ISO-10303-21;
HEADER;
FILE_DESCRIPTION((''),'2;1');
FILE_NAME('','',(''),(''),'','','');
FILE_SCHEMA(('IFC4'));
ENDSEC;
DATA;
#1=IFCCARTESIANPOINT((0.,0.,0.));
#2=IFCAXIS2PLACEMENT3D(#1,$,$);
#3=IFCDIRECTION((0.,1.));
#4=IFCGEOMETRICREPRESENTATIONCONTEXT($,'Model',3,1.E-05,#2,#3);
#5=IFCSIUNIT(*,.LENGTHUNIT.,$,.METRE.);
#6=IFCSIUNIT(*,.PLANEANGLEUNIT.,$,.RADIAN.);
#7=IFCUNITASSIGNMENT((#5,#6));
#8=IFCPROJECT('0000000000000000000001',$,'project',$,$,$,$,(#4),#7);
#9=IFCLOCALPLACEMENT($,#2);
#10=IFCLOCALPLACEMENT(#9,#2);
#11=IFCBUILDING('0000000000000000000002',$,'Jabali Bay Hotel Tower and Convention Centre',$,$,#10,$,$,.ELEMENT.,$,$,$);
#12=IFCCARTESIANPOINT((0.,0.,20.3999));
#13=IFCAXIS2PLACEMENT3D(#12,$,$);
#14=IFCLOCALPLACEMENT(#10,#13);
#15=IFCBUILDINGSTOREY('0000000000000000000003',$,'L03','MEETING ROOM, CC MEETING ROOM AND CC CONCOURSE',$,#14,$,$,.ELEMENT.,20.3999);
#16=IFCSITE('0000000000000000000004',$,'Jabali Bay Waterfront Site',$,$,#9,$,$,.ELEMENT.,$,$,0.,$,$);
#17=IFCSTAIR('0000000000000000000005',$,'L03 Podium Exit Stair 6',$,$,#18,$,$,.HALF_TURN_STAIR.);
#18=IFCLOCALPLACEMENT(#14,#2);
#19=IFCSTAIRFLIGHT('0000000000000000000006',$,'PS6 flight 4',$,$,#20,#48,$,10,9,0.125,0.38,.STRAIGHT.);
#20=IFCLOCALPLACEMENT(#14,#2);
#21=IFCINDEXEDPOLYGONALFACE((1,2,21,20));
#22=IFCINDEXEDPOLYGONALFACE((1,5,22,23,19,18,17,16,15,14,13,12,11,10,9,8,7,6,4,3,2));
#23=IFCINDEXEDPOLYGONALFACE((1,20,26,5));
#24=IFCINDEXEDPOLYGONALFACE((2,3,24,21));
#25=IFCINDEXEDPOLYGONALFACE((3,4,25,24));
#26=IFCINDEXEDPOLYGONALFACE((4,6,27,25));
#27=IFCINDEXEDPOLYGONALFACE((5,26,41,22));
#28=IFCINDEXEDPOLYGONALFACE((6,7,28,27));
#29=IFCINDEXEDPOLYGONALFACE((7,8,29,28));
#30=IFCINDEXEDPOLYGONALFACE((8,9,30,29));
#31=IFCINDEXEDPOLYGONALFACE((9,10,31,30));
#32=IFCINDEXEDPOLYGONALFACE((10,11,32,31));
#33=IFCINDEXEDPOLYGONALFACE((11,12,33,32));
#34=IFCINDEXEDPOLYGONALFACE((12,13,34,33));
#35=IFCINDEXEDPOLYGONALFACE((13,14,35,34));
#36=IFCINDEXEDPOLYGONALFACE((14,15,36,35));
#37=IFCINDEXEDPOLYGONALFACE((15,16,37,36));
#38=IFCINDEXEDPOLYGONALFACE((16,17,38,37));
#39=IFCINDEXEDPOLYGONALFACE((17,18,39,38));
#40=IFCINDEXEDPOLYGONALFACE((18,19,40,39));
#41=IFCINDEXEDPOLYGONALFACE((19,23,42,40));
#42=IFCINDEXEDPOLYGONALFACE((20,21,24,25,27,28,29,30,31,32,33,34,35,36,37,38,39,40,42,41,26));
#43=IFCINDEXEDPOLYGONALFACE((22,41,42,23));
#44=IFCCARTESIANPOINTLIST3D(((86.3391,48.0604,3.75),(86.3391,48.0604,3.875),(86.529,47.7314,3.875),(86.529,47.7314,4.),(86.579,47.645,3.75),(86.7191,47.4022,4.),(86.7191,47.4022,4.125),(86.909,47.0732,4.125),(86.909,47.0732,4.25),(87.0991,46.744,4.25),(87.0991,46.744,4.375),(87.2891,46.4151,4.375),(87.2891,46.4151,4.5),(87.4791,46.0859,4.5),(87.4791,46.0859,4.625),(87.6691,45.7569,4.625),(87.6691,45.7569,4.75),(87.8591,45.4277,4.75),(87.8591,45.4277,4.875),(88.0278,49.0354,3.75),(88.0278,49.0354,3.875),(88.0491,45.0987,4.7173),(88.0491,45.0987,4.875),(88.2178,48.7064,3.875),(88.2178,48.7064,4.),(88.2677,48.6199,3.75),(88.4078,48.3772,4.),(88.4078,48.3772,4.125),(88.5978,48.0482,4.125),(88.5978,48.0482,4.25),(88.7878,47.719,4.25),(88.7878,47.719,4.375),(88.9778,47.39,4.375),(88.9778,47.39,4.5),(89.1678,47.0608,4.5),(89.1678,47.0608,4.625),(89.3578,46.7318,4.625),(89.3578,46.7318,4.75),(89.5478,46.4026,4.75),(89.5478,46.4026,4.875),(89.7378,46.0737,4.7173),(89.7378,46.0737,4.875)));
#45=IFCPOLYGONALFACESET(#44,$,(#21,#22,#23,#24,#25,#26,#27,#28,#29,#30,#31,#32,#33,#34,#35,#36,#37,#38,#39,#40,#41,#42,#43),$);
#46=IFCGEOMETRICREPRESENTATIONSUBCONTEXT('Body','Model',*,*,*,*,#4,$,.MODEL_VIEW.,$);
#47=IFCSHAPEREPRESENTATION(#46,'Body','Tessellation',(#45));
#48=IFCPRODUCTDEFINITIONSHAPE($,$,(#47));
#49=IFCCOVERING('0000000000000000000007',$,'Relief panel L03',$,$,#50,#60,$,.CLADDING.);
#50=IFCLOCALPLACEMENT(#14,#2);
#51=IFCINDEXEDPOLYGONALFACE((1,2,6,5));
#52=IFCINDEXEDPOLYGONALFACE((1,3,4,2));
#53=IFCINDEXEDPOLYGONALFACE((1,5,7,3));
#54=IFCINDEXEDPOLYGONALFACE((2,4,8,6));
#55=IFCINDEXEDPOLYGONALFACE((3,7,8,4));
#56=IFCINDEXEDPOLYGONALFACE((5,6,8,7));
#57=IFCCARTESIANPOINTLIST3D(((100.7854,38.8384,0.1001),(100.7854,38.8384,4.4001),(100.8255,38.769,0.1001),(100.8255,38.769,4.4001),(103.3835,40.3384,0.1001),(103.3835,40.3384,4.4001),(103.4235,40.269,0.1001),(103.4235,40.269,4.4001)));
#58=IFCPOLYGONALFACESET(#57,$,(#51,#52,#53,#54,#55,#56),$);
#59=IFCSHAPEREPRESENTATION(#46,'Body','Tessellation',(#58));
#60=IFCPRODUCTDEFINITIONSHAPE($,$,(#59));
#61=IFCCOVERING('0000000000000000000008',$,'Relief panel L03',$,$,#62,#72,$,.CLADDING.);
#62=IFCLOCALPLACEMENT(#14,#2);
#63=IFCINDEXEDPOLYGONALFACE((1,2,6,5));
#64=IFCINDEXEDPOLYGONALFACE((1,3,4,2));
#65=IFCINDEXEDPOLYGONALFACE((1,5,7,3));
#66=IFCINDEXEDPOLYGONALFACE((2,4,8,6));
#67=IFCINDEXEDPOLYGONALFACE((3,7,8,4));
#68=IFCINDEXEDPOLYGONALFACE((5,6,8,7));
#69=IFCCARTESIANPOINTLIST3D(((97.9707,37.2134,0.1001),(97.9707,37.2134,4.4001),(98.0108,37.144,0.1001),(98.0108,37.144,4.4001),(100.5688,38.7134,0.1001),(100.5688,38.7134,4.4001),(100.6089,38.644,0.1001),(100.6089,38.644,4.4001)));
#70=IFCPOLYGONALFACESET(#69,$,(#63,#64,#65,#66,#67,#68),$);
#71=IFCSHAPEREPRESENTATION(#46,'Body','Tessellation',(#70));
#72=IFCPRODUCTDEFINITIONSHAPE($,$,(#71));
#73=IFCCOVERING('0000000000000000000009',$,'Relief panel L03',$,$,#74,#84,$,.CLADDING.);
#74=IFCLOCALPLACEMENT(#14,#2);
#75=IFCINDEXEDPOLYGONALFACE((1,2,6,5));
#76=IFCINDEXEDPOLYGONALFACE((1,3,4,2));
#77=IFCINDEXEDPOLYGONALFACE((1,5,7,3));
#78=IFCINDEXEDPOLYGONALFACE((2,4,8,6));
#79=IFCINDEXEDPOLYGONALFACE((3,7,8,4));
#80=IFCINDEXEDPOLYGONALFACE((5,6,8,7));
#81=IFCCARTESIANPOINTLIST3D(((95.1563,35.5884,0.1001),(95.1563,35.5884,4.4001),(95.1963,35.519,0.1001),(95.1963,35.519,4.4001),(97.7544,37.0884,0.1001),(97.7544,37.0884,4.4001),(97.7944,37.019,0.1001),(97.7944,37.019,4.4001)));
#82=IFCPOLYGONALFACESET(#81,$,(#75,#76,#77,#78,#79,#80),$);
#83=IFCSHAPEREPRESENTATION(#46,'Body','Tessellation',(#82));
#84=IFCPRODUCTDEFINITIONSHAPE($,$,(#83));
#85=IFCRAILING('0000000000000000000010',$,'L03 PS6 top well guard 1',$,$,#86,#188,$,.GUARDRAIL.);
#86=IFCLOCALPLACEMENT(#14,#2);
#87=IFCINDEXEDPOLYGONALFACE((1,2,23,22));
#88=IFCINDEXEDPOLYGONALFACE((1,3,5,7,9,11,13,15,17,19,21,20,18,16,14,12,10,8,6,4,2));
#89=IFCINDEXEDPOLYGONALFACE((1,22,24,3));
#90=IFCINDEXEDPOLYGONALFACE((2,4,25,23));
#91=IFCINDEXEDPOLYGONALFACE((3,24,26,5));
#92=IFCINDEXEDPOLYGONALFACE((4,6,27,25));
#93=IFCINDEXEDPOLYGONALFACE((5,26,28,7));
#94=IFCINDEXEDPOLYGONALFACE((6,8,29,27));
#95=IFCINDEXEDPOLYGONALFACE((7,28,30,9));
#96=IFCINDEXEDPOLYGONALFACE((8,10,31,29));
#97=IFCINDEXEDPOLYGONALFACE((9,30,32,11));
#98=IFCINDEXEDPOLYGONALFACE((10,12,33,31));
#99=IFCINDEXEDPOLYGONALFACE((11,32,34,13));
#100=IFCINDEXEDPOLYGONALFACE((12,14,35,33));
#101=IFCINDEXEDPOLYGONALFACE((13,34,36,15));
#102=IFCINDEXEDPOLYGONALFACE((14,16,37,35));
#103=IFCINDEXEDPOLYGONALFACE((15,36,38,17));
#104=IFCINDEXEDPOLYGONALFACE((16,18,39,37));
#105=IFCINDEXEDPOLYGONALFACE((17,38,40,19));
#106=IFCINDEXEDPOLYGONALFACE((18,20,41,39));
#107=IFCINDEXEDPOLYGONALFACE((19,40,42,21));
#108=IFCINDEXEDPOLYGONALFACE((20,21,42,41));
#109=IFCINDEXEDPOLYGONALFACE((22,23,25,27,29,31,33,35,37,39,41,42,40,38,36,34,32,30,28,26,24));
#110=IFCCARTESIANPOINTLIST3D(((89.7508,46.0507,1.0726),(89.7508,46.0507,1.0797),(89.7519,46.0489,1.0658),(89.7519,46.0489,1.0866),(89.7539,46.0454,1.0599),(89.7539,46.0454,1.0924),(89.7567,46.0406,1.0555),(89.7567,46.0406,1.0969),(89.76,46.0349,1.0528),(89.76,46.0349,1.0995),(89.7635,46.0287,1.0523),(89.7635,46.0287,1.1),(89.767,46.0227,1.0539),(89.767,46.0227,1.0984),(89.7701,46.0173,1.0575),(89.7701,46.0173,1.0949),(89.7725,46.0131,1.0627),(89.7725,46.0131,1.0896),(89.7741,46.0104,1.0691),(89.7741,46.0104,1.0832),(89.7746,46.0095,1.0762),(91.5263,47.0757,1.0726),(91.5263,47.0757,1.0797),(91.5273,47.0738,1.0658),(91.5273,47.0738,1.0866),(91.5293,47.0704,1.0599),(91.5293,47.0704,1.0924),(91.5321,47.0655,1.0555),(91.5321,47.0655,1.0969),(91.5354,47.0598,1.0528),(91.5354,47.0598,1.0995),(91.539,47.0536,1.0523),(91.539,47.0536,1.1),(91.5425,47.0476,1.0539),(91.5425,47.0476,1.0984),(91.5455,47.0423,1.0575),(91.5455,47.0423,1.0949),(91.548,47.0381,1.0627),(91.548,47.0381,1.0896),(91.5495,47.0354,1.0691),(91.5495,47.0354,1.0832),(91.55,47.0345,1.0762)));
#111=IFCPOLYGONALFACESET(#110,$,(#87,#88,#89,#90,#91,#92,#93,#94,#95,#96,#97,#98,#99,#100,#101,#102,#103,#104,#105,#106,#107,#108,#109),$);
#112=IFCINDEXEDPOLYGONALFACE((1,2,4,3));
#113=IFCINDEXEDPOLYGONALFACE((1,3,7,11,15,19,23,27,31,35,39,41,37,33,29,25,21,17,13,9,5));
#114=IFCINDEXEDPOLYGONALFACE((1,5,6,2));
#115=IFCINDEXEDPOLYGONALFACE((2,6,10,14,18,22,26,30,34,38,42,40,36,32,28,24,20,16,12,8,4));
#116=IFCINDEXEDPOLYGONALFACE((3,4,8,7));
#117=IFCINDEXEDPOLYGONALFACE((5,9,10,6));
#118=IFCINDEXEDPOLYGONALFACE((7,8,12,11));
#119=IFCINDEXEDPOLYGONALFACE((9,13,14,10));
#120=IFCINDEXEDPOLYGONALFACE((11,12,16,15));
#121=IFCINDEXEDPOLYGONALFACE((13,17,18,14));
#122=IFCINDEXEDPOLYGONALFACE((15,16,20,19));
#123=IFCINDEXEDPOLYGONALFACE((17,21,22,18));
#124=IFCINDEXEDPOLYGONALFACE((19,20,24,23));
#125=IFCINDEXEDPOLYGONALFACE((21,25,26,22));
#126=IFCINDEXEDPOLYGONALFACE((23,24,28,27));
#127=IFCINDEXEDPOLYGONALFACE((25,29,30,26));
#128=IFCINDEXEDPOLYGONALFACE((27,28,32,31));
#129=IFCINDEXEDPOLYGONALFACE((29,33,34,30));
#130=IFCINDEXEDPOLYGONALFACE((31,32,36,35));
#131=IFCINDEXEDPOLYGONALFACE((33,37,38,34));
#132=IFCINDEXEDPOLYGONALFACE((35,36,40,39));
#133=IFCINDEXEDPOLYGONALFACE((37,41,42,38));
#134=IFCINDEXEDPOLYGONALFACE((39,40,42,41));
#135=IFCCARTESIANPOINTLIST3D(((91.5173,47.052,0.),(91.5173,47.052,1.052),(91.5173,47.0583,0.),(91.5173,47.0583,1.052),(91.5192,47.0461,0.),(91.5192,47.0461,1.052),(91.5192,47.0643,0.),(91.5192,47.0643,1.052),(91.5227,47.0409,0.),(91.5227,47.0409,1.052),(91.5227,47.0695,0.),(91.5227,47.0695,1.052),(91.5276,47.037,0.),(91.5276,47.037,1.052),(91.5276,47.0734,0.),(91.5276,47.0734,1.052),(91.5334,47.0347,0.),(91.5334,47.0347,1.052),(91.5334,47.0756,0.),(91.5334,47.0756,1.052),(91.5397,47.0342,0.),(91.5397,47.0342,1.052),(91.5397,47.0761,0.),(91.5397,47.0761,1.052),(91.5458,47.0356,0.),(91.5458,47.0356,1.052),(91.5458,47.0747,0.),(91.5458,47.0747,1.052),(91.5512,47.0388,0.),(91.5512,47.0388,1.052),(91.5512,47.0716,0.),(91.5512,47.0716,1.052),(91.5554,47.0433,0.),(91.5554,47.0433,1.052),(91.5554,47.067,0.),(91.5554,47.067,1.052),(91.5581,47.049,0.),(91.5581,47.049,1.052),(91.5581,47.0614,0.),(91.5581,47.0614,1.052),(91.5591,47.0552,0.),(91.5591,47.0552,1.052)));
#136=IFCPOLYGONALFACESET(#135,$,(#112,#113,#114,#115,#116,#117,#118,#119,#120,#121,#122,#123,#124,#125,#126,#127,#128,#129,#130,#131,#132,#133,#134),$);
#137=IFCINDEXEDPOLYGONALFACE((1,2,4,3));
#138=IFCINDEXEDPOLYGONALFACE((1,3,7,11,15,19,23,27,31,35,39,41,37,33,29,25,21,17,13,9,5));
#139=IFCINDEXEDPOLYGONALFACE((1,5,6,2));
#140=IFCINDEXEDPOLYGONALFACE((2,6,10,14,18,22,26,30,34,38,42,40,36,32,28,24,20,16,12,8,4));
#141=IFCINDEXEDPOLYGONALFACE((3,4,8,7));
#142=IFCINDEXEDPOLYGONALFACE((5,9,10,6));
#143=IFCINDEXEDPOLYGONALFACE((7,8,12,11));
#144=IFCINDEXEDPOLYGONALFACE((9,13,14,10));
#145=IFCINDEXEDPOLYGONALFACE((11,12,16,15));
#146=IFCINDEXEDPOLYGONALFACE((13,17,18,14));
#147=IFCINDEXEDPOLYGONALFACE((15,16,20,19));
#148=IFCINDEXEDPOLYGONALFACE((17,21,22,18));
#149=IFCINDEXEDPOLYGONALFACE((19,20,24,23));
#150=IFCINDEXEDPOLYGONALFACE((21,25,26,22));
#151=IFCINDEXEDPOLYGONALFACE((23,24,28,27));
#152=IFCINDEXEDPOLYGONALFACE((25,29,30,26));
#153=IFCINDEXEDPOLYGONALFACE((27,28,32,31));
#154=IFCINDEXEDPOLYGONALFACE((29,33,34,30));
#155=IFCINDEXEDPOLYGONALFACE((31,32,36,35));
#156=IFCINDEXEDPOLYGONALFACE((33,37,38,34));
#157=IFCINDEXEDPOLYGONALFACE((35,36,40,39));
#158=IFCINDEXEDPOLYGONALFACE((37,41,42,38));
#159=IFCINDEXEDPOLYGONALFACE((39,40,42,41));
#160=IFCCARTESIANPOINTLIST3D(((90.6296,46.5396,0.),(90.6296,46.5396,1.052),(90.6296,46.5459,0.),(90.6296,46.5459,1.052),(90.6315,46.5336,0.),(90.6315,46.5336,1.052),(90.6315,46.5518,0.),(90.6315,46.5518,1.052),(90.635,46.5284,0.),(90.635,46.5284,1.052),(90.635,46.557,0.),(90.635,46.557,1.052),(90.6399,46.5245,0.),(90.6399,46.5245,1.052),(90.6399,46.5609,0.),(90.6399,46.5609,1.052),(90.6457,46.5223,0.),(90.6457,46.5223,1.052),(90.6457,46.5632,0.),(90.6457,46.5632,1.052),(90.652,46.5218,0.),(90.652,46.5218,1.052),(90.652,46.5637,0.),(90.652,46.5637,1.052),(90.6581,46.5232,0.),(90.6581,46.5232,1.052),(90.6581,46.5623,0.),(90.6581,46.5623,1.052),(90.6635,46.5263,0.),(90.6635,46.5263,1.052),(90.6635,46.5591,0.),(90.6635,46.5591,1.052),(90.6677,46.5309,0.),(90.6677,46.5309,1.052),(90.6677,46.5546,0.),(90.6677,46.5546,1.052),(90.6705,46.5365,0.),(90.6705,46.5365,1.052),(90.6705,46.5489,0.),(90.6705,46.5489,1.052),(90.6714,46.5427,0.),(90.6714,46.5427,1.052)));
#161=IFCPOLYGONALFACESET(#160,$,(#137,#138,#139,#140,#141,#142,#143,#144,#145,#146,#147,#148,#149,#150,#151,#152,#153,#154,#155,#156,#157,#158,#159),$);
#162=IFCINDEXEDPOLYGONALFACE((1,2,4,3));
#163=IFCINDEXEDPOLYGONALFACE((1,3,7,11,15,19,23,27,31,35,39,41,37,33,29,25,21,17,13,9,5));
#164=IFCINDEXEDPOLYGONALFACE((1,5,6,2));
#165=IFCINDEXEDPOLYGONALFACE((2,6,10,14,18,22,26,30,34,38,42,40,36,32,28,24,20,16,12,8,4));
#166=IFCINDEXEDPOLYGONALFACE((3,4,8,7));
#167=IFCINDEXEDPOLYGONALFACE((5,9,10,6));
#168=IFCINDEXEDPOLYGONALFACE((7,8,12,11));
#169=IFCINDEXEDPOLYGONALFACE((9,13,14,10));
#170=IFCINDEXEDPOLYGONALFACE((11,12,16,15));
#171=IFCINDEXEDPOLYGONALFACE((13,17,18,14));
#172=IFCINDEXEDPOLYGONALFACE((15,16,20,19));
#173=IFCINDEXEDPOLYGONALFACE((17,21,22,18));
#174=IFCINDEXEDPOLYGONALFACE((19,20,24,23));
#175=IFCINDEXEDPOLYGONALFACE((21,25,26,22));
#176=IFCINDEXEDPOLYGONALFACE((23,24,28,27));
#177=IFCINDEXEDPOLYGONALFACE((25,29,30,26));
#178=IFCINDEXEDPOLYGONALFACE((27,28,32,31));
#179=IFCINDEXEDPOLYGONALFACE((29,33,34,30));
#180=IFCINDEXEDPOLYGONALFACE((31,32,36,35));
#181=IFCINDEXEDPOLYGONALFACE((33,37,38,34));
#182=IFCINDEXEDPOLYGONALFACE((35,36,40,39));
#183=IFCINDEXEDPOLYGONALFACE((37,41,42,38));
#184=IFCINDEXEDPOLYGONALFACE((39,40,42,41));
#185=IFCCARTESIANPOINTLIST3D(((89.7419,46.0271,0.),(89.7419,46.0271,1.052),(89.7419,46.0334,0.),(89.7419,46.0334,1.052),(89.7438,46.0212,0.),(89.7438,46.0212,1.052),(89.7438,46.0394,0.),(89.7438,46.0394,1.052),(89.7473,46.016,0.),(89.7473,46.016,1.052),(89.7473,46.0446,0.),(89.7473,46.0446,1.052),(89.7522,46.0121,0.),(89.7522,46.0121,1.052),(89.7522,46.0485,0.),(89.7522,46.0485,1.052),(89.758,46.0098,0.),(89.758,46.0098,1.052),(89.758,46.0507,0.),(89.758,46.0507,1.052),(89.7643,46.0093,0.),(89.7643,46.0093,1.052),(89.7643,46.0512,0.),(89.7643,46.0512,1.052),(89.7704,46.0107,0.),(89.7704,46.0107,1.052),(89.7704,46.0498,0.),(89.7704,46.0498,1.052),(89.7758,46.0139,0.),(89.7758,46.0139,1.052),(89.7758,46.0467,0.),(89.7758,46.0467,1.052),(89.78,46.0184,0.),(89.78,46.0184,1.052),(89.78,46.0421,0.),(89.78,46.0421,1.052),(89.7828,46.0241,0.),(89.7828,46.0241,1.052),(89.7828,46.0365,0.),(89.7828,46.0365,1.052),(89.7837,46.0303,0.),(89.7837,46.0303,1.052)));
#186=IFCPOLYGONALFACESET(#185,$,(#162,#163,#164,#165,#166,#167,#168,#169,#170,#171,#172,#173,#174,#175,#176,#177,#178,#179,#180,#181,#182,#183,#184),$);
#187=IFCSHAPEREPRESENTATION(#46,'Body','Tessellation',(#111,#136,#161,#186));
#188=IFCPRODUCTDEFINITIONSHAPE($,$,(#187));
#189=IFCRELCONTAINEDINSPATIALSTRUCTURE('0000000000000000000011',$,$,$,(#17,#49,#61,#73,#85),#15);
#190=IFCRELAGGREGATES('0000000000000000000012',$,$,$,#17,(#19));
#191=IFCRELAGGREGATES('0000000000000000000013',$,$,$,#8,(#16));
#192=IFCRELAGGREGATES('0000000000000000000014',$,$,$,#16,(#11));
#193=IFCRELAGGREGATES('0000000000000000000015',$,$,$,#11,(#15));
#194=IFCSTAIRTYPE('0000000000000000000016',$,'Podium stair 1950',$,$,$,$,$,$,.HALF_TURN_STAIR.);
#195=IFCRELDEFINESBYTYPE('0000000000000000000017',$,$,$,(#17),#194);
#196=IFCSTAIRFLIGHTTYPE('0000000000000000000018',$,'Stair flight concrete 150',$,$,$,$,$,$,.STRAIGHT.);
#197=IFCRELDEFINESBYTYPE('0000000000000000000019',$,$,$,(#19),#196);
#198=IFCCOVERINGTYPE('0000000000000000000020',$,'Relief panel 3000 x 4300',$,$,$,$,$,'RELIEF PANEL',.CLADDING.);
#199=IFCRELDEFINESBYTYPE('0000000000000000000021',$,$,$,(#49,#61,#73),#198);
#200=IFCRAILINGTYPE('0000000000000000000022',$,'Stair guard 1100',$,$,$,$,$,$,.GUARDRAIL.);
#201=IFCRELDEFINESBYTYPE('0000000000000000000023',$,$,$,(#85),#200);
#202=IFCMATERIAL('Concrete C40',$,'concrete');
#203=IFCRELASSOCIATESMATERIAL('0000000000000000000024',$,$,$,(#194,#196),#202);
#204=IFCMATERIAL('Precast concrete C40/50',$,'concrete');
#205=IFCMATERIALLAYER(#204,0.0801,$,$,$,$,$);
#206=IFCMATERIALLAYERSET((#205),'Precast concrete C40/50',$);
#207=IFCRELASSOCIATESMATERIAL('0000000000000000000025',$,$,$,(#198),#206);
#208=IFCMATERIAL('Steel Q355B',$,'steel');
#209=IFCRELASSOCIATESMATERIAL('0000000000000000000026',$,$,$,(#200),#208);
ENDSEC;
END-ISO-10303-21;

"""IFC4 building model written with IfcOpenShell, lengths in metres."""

from ifc_helpers import new_model, si_unit, direction, frame, origin, origin_2d, place, context, subcontext, project, spatial, polyline, rectangle, circle, outline, extrude, material, layer, layer_set, type_object, element, aggregate, save


model = new_model("IFC4")

# Units and contexts
model_context = context("Model", 3, precision=1e-05, world=origin(), true_north=direction((0.0, 1.0)))
body_context = subcontext(model_context, "Body", "Model", "MODEL_VIEW")
ifc_project = project(units=[si_unit("LENGTHUNIT", "METRE"), si_unit("PLANEANGLEUNIT", "RADIAN")], contexts=[model_context])

# Site, building, storey
site_placement = place(None, origin())
site = spatial("IfcSite", under=ifc_project, at=site_placement, Name="Jabali Bay Waterfront Site", CompositionType="ELEMENT", RefElevation=0.0)
building_placement = place(site_placement, origin())
building = spatial("IfcBuilding", under=site, at=building_placement, Name="Jabali Bay Hotel Tower and Convention Centre", CompositionType="ELEMENT")
storey_placement = place(building_placement, frame((0.0, 0.0, 20.3999)))
storey = spatial("IfcBuildingStorey", under=building, at=storey_placement, Name="L03", Description="MEETING ROOM, CC MEETING ROOM AND CC CONCOURSE", CompositionType="ELEMENT", Elevation=20.3999)

# Shared definitions
ifc_material_1 = material(Name="Concrete C40", Category="concrete")

# Stair, stair flight
stair_type = type_object("IfcStairType", Name="Podium stair 1950", PredefinedType="HALF_TURN_STAIR", material=ifc_material_1)
stair_placement = place(storey_placement, origin())
stair = element("IfcStair", 1, at=stair_placement, inside=storey, type_object=stair_type, Name="L03 Podium Exit Stair 6", PredefinedType="HALF_TURN_STAIR")
stair_flight_type = type_object("IfcStairFlightType", Name="Stair flight concrete 150", PredefinedType="STRAIGHT", material=ifc_material_1)
stair_flight_1_placement = place(storey_placement, frame((87.1833, 48.5479, 3.75), z_axis=(0.0, 0.0, 1.0), x_axis=(0.5, -0.866025, 0.0)))
stair_flight_1 = element("IfcStairFlight", 2, at=stair_flight_1_placement, type_object=stair_flight_type, Name="PS6 flight 4", NumberOfRisers=10, NumberOfTreads=9, PredefinedType="STRAIGHT", RiserHeight=0.125, TreadLength=0.38, context=body_context, shape_type="SweptSolid", body=[
    extrude(outline(polyline([(0.0, 0.0), (0.0, 0.125), (0.3799, 0.125), (0.3799, 0.25), (0.76, 0.25), (0.76, 0.375), (1.1399, 0.375), (1.1399, 0.5), (1.52, 0.5), (1.52, 0.625), (1.8999, 0.625), (1.8999, 0.75), (2.28, 0.75), (2.28, 0.875), (2.6599, 0.875), (2.6599, 1.0), (3.04, 1.0), (3.04, 1.125), (3.4199, 1.125), (3.4199, 1.25), (3.4199, 0.9673), (0.4797, 0.0), (0.0, 0.0)])), frame((0.0, 0.9751, 0.0), z_axis=(0.0, -1.0, 0.0), x_axis=(1.0, 0.0, 0.0)), (0.0, 0.0, 1.0), 1.95),
])
aggregate(stair, [stair_flight_1])

# Coverings
ifc_material_2 = material(Name="Precast concrete C40/50", Category="concrete")
ifc_layer_1 = layer(ifc_material_2, 0.0801)
ifc_layer_set_1 = layer_set([ifc_layer_1], Name="Precast concrete C40/50")
covering_type = type_object("IfcCoveringType", Name="Relief panel 3000 x 4300", ElementType="RELIEF PANEL", PredefinedType="CLADDING", material=ifc_layer_set_1)
for number, where, z_axis, x_axis, name in (
    (3, (102.1045, 39.5537, 0.1001), (0.0, 0.0, 1.0), (-0.866025, -0.5, 0.0), "Relief panel L03"),
    (4, (99.2898, 37.9287, 0.1001), (0.0, 0.0, 1.0), (-0.866025, -0.5, 0.0), "Relief panel L03"),
    (5, (96.4753, 36.3037, 0.1001), (0.0, 0.0, 1.0), (-0.866025, -0.5, 0.0), "Relief panel L03"),
):
    element("IfcCovering", number, at=place(storey_placement, frame(where, z_axis=z_axis, x_axis=x_axis)), inside=storey, type_object=covering_type, Name=name, PredefinedType="CLADDING", context=body_context, shape_type="SweptSolid", body=[
        extrude(rectangle(XDim=3.0, YDim=0.0801, at=origin_2d()), origin(), (0.0, 0.0, 1.0), 4.3),
    ])

# Railing
ifc_material_3 = material(Name="Steel Q355B", Category="steel")
railing_type_1 = type_object("IfcRailingType", Name="Stair guard 1100", PredefinedType="GUARDRAIL", material=ifc_material_3)
railing_1_placement = place(storey_placement, frame((91.5381, 47.0552, 0.0)))
element("IfcRailing", 6, at=railing_1_placement, inside=storey, type_object=railing_type_1, Name="L03 PS6 top well guard 1", PredefinedType="GUARDRAIL", context=body_context, shape_type="SweptSolid", body=[
    extrude(circle(Radius=0.0239, at=origin_2d()), frame((0.0, 0.0, 1.0762), z_axis=(-0.866051, -0.499956, 0.0), x_axis=(0.499956, -0.866051, 0.0)), (0.0, 0.0, 1.0), 2.05),
    extrude(circle(Radius=0.021, at=origin_2d()), origin(), (0.0, 0.0, 1.0), 1.052),
    extrude(circle(Radius=0.021, at=origin_2d()), frame((-0.8877, -0.5125, 0.0)), (0.0, 0.0, 1.0), 1.052),
    extrude(circle(Radius=0.021, at=origin_2d()), frame((-1.7754, -1.0249, 0.0)), (0.0, 0.0, 1.0), 1.052),
])

save(model, "model.ifc")
